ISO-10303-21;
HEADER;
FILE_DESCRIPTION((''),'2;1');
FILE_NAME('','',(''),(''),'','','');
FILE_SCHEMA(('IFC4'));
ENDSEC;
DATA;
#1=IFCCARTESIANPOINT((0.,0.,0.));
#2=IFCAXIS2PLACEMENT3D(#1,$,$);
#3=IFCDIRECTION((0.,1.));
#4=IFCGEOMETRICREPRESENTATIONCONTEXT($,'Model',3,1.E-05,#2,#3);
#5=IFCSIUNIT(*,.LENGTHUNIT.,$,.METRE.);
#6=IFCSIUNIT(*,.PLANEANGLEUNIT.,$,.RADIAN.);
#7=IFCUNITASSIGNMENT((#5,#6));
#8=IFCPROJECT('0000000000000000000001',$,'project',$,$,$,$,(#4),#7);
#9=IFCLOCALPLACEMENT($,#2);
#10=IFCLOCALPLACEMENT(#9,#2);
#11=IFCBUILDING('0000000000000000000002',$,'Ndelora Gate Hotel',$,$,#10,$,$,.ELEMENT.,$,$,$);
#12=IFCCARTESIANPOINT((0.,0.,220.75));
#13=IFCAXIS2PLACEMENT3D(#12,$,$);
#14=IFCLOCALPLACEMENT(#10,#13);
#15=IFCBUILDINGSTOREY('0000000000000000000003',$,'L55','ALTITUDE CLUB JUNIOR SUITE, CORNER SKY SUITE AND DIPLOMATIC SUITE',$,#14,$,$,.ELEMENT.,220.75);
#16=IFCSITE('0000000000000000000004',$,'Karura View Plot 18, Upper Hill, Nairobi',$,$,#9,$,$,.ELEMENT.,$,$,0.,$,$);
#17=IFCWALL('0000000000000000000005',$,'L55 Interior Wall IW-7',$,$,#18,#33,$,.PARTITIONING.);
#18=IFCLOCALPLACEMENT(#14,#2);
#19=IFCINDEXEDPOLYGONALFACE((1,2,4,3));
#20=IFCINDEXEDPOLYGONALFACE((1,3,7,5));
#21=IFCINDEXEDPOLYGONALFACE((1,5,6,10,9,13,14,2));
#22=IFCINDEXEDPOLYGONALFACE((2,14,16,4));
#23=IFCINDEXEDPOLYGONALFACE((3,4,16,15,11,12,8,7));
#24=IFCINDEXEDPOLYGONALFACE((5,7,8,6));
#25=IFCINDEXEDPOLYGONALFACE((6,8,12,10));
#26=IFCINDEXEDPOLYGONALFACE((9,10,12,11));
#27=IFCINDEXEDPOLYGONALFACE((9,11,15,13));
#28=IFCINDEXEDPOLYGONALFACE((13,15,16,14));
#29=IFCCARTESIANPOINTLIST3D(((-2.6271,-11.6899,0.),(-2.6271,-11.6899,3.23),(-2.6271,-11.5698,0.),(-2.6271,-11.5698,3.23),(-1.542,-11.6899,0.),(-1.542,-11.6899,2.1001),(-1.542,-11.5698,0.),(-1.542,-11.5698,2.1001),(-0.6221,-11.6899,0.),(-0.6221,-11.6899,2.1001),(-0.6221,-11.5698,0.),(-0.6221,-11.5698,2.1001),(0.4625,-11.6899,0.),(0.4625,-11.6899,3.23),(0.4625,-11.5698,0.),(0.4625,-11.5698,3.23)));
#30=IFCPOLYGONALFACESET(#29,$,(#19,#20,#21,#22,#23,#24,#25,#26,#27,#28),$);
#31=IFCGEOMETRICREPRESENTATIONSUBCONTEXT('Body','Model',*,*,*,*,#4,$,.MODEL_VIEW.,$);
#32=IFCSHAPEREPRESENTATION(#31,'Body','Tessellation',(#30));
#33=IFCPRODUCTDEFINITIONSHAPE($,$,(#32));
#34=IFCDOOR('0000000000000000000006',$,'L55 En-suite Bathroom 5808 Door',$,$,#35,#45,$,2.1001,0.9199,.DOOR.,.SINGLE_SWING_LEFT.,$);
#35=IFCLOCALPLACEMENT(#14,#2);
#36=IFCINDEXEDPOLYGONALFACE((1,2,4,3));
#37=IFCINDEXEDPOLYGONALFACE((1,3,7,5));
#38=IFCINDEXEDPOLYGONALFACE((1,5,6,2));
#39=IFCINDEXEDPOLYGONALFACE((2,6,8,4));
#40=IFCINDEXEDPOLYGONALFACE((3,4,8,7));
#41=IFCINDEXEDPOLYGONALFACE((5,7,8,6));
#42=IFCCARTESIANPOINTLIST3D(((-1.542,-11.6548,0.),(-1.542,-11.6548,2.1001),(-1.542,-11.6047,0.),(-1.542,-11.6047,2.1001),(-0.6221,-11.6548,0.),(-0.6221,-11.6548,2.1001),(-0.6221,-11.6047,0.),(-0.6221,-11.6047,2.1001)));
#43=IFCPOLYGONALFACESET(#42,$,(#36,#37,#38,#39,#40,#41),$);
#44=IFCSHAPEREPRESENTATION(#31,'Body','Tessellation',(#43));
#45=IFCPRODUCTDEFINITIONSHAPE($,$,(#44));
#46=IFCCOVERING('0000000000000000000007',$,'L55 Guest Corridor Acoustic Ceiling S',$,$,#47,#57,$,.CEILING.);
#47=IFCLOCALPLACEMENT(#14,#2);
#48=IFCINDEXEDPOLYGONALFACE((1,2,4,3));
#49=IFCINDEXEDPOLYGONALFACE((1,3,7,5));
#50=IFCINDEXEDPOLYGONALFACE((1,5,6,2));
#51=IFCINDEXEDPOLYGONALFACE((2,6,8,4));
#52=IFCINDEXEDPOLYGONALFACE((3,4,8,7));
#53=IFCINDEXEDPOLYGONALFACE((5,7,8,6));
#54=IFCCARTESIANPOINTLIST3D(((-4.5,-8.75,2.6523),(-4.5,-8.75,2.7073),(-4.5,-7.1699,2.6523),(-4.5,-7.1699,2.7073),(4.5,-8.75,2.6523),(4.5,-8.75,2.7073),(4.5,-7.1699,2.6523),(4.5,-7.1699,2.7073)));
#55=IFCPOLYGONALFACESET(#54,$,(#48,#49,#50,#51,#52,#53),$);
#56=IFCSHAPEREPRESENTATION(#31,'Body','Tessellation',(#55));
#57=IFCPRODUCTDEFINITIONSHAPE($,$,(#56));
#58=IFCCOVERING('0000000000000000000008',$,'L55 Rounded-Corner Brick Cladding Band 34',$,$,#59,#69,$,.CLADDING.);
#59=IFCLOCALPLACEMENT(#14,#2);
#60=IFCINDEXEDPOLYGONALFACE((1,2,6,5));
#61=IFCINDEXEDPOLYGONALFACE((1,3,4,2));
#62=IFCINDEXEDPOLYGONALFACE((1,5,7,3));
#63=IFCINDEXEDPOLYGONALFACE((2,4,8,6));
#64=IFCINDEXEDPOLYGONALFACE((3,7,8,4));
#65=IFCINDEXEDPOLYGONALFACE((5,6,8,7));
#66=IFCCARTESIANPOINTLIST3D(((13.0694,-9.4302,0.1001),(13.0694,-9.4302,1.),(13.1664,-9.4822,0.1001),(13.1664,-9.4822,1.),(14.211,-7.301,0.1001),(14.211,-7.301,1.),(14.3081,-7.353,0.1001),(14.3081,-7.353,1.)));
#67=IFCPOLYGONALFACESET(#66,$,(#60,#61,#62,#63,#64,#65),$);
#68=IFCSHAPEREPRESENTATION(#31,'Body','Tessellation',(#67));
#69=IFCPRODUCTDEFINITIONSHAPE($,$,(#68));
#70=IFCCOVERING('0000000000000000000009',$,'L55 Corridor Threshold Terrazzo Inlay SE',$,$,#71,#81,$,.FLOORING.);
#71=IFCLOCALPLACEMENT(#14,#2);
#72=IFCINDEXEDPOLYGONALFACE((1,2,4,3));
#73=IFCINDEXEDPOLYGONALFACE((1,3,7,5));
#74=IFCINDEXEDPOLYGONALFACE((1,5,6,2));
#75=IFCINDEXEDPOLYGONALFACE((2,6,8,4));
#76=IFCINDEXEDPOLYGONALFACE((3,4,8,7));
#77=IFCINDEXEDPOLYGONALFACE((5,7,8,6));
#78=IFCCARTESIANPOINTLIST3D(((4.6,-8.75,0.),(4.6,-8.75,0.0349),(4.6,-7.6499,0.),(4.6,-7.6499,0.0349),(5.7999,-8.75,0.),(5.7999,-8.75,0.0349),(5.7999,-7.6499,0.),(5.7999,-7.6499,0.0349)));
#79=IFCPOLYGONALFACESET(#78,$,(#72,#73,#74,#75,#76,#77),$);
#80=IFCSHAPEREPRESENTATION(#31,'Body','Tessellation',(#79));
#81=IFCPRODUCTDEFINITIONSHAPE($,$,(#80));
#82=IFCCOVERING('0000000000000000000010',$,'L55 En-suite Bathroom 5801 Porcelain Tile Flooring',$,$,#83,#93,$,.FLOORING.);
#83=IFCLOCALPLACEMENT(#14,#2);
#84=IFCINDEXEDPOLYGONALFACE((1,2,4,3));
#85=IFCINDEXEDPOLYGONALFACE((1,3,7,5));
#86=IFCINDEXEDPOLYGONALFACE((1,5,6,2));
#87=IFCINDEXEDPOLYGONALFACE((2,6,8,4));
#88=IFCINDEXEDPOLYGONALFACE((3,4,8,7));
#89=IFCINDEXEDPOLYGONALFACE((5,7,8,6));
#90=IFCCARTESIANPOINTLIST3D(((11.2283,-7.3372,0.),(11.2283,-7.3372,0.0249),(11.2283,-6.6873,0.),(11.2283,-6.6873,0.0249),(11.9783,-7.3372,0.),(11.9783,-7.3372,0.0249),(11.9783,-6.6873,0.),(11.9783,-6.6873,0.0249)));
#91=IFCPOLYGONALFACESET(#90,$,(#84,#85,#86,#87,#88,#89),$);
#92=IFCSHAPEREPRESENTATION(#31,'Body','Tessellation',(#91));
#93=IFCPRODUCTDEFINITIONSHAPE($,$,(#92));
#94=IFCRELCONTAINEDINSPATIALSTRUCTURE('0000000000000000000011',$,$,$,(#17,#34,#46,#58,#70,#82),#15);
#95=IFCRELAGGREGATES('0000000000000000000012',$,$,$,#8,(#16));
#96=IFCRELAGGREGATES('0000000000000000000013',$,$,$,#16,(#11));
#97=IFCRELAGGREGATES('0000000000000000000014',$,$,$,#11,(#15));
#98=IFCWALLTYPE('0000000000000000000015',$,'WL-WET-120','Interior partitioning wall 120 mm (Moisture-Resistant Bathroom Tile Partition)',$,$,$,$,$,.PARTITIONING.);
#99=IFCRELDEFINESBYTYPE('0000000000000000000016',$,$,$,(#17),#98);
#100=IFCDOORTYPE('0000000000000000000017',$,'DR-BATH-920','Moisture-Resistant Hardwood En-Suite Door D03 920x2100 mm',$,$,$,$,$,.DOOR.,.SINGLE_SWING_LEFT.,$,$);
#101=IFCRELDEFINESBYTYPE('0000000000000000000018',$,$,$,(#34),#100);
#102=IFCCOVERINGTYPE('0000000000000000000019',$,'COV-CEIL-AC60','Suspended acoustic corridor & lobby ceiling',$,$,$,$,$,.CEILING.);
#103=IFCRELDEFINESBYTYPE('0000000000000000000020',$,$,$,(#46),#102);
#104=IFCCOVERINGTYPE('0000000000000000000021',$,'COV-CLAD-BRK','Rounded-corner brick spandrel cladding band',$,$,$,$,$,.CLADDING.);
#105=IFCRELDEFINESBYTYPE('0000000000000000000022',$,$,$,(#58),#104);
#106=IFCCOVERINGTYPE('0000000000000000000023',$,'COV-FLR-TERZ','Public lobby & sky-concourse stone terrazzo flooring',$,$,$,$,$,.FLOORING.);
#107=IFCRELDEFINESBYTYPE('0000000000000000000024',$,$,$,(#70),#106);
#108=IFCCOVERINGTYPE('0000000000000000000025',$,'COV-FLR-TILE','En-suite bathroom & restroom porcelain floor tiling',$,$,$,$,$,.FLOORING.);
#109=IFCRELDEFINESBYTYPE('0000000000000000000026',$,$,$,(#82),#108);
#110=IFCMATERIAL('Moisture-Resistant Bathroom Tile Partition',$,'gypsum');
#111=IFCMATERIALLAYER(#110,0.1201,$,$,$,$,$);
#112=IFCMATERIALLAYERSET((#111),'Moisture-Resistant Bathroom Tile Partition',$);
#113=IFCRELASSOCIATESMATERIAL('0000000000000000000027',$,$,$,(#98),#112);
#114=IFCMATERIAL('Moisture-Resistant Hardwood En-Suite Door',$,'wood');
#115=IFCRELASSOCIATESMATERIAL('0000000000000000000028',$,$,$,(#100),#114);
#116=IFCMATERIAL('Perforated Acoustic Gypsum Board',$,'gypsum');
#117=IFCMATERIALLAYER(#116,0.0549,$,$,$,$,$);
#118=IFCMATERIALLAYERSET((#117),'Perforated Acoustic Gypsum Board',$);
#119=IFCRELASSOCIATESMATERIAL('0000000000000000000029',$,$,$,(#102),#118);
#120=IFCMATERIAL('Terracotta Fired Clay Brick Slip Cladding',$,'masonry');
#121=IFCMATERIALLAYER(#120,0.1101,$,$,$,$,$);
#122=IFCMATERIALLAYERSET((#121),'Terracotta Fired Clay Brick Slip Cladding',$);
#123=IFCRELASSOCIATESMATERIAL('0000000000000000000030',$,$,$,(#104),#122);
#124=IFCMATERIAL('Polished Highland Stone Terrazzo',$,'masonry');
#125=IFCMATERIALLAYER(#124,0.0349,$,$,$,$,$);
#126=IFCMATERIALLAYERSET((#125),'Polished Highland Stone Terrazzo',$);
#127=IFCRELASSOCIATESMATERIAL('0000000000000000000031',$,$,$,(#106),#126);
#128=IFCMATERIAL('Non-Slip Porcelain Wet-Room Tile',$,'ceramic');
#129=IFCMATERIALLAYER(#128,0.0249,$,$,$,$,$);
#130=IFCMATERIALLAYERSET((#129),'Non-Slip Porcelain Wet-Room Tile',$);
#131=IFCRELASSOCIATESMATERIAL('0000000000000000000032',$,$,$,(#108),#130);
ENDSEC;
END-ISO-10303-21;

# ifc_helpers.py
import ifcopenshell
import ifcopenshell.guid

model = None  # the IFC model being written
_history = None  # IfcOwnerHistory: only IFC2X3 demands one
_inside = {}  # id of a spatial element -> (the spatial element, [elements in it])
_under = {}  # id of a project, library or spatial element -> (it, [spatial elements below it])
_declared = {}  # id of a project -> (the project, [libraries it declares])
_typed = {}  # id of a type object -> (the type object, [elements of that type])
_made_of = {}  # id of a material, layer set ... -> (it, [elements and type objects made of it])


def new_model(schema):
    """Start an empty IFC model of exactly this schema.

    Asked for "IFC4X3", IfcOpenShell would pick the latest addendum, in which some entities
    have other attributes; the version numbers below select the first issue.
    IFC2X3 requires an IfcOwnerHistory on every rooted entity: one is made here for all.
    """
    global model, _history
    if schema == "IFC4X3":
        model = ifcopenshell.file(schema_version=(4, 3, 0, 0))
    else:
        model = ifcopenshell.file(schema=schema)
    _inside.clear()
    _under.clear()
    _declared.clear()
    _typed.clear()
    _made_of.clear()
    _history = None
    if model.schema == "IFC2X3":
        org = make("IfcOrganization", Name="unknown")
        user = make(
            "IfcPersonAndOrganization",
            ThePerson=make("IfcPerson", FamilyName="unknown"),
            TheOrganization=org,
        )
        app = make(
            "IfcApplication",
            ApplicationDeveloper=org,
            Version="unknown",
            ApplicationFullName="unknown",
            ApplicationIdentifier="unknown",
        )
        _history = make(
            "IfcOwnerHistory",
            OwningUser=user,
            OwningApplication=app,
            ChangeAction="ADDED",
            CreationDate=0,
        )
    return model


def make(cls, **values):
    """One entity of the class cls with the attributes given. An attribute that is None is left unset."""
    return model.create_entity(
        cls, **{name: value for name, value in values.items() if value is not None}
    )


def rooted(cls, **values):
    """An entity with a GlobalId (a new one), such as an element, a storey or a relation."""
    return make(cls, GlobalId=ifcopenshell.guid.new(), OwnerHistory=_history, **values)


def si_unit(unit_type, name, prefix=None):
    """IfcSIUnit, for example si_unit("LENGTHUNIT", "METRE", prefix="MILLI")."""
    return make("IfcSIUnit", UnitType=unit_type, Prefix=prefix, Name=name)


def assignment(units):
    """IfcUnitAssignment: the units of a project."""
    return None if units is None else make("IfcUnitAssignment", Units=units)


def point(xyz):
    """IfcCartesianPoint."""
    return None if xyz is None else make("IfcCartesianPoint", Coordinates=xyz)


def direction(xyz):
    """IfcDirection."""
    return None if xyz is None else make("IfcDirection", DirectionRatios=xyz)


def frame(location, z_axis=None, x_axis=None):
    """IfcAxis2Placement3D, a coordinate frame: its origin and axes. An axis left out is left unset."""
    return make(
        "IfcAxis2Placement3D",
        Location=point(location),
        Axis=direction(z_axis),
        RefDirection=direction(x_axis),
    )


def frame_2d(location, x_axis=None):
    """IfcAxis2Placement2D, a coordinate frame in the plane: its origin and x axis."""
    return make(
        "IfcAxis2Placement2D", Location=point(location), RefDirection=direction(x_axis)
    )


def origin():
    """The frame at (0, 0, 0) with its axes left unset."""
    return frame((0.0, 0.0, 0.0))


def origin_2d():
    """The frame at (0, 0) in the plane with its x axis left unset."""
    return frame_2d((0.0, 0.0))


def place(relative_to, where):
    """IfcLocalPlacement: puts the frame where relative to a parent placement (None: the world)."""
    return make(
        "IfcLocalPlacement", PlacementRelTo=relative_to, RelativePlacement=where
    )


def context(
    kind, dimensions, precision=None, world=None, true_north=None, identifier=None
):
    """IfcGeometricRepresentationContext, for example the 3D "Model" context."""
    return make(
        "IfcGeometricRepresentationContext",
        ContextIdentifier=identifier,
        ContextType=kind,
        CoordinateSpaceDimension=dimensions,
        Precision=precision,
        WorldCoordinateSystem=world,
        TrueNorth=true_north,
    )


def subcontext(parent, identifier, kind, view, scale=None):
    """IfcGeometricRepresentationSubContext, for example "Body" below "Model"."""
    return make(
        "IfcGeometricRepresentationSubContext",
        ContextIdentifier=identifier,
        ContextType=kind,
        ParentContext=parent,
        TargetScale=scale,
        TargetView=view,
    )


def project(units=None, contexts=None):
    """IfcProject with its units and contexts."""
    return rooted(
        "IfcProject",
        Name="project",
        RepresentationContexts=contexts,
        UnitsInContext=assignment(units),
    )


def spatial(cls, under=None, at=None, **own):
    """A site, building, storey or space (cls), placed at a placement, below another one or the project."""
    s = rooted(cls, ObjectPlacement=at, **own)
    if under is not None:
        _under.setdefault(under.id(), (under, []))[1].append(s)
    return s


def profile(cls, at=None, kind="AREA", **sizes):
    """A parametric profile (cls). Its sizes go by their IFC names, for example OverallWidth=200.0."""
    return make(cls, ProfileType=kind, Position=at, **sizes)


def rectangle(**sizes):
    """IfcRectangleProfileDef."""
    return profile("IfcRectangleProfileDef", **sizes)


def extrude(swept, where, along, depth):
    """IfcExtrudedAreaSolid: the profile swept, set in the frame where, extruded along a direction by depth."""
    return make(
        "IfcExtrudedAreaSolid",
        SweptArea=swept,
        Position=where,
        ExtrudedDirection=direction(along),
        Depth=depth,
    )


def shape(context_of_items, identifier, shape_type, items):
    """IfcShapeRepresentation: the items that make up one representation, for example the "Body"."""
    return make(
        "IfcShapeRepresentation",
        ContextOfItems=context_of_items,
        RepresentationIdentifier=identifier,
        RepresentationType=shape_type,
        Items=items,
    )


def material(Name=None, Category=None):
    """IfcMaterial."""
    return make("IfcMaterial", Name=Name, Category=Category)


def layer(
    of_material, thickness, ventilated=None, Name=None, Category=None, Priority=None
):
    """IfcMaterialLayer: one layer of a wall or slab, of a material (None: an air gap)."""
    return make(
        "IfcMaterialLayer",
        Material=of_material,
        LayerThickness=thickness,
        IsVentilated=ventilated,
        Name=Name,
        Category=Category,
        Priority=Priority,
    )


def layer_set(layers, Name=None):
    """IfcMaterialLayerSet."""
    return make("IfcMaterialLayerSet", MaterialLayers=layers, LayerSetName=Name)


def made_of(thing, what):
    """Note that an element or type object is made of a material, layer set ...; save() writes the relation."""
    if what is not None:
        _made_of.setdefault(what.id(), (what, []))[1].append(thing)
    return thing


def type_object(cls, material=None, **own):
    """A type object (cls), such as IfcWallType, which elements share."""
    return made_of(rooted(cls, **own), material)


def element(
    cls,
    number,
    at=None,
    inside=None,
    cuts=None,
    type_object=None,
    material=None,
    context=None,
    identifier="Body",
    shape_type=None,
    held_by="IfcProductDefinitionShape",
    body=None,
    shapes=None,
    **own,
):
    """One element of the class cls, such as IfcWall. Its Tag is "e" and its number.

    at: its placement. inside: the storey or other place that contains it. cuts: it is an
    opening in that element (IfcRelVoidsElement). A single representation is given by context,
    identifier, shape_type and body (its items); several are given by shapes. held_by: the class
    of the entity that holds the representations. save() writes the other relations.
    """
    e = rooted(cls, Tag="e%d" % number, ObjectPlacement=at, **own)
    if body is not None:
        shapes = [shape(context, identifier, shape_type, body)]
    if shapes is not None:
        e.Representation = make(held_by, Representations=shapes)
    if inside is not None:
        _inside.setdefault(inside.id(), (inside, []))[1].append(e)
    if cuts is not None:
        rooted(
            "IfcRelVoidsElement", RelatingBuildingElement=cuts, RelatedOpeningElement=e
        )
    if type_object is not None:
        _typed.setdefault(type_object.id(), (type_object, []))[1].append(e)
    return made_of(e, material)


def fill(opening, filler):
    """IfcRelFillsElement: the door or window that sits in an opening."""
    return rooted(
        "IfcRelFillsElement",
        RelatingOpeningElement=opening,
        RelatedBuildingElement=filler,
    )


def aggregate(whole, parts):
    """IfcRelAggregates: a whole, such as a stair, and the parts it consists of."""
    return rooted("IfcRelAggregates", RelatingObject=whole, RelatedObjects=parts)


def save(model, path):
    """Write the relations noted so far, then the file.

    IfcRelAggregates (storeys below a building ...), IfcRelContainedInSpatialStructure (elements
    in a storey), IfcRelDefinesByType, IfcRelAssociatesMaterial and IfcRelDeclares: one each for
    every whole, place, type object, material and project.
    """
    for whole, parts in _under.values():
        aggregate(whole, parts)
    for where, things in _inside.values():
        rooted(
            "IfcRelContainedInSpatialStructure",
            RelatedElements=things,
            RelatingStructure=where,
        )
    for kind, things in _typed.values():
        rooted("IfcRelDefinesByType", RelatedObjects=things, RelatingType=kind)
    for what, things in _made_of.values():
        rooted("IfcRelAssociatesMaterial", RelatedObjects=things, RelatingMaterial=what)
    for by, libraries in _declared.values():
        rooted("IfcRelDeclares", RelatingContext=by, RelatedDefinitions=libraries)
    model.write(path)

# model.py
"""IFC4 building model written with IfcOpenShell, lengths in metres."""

from ifc_helpers import new_model, si_unit, direction, frame, frame_2d, origin, origin_2d, place, context, subcontext, project, spatial, rectangle, extrude, material, layer, layer_set, type_object, element, fill, save


model = new_model("IFC4")

# Units and contexts
model_context = context("Model", 3, precision=1e-05, world=origin(), true_north=direction((0.0, 1.0)))
body_context = subcontext(model_context, "Body", "Model", "MODEL_VIEW")
ifc_project = project(units=[si_unit("LENGTHUNIT", "METRE"), si_unit("PLANEANGLEUNIT", "RADIAN")], contexts=[model_context])

# Site, building, storey
site_placement = place(None, origin())
site = spatial("IfcSite", under=ifc_project, at=site_placement, Name="Karura View Plot 18, Upper Hill, Nairobi", CompositionType="ELEMENT", RefElevation=0.0)
building_placement = place(site_placement, origin())
building = spatial("IfcBuilding", under=site, at=building_placement, Name="Ndelora Gate Hotel", CompositionType="ELEMENT")
storey_placement = place(building_placement, frame((0.0, 0.0, 220.75)))
storey = spatial("IfcBuildingStorey", under=building, at=storey_placement, Name="L55", Description="ALTITUDE CLUB JUNIOR SUITE, CORNER SKY SUITE AND DIPLOMATIC SUITE", CompositionType="ELEMENT", Elevation=220.75)

# Shared definitions
ifc_material_1 = material(Name="Moisture-Resistant Bathroom Tile Partition", Category="gypsum")
ifc_layer_1 = layer(ifc_material_1, 0.1201)
ifc_layer_set_1 = layer_set([ifc_layer_1], Name="Moisture-Resistant Bathroom Tile Partition")
wall_type_1 = type_object("IfcWallType", Name="WL-WET-120", Description="Interior partitioning wall 120 mm (Moisture-Resistant Bathroom Tile Partition)", PredefinedType="PARTITIONING", material=ifc_layer_set_1)

# Wall, opening, door
wall_1_placement = place(storey_placement, frame((0.4626, -11.6299, 0.0), z_axis=(0.0, 0.0, 1.0), x_axis=(-1.0, 0.0, 0.0)))
wall_1 = element("IfcWall", 1, at=wall_1_placement, inside=storey, type_object=wall_type_1, Name="L55 Interior Wall IW-7", PredefinedType="PARTITIONING", context=body_context, shape_type="SweptSolid", body=[
    extrude(rectangle(XDim=3.0896, YDim=0.1201, at=frame_2d((1.5449, 0.0))), origin(), (0.0, 0.0, 1.0), 3.23),
])
opening_1_placement = place(wall_1_placement, frame((1.0847, 0.0, 0.0)))
opening_1 = element("IfcOpeningElement", 2, at=opening_1_placement, cuts=wall_1, PredefinedType="OPENING", context=body_context, shape_type="SweptSolid", body=[
    extrude(rectangle(XDim=0.9199, YDim=2.1001, at=frame_2d((0.46, 1.05))), frame((0.0, 0.0701, 0.0), z_axis=(0.0, -1.0, 0.0), x_axis=(1.0, 0.0, 0.0)), (0.0, 0.0, 1.0), 0.1401),
])
ifc_material_2 = material(Name="Moisture-Resistant Hardwood En-Suite Door", Category="wood")
door_type_1 = type_object("IfcDoorType", Name="DR-BATH-920", Description="Moisture-Resistant Hardwood En-Suite Door D03 920x2100 mm", OperationType="SINGLE_SWING_LEFT", PredefinedType="DOOR", material=ifc_material_2)
door_1_placement = place(opening_1_placement, origin())
door_1 = element("IfcDoor", 3, at=door_1_placement, inside=storey, type_object=door_type_1, Name="L55 En-suite Bathroom 5808 Door", OperationType="SINGLE_SWING_LEFT", OverallHeight=2.1001, OverallWidth=0.9199, PredefinedType="DOOR", context=body_context, shape_type="SweptSolid", body=[
    extrude(rectangle(XDim=0.9199, YDim=2.1001, at=frame_2d((0.46, 1.05))), frame((0.0, 0.0249, 0.0), z_axis=(0.0, -1.0, 0.0), x_axis=(1.0, 0.0, 0.0)), (0.0, 0.0, 1.0), 0.05),
])
fill(opening_1, door_1)

# Coverings
ifc_material_3 = material(Name="Perforated Acoustic Gypsum Board", Category="gypsum")
ifc_layer_2 = layer(ifc_material_3, 0.0549)
ifc_layer_set_2 = layer_set([ifc_layer_2], Name="Perforated Acoustic Gypsum Board")
covering_type_1 = type_object("IfcCoveringType", Name="COV-CEIL-AC60", Description="Suspended acoustic corridor & lobby ceiling", PredefinedType="CEILING", material=ifc_layer_set_2)
covering_1_placement = place(storey_placement, frame((0.0, -7.96, 2.6523), z_axis=(0.0, 0.0, 1.0), x_axis=(1.0, 0.0, 0.0)))
element("IfcCovering", 4, at=covering_1_placement, inside=storey, type_object=covering_type_1, Name="L55 Guest Corridor Acoustic Ceiling S", PredefinedType="CEILING", context=body_context, shape_type="SweptSolid", body=[
    extrude(rectangle(XDim=9.0, YDim=1.5801, at=origin_2d()), origin(), (0.0, 0.0, 1.0), 0.0549),
])
ifc_material_4 = material(Name="Terracotta Fired Clay Brick Slip Cladding", Category="masonry")
ifc_layer_3 = layer(ifc_material_4, 0.1101)
ifc_layer_set_3 = layer_set([ifc_layer_3], Name="Terracotta Fired Clay Brick Slip Cladding")
covering_type_2 = type_object("IfcCoveringType", Name="COV-CLAD-BRK", Description="Rounded-corner brick spandrel cladding band", PredefinedType="CLADDING", material=ifc_layer_set_3)
covering_2_placement = place(storey_placement, frame((13.6887, -8.3916, 0.1001), z_axis=(0.0, 0.0, 1.0), x_axis=(0.472551, 0.881303, 0.0)))
element("IfcCovering", 5, at=covering_2_placement, inside=storey, type_object=covering_type_2, Name="L55 Rounded-Corner Brick Cladding Band 34", PredefinedType="CLADDING", context=body_context, shape_type="SweptSolid", body=[
    extrude(rectangle(XDim=2.416, YDim=0.1101, at=origin_2d()), origin(), (0.0, 0.0, 1.0), 0.8999),
])
ifc_material_5 = material(Name="Polished Highland Stone Terrazzo", Category="masonry")
ifc_layer_4 = layer(ifc_material_5, 0.0349)
ifc_layer_set_4 = layer_set([ifc_layer_4], Name="Polished Highland Stone Terrazzo")
covering_type_3 = type_object("IfcCoveringType", Name="COV-FLR-TERZ", Description="Public lobby & sky-concourse stone terrazzo flooring", PredefinedType="FLOORING", material=ifc_layer_set_4)
covering_3_placement = place(storey_placement, frame((5.2, -8.2, 0.0), z_axis=(0.0, 0.0, 1.0), x_axis=(1.0, 0.0, 0.0)))
element("IfcCovering", 6, at=covering_3_placement, inside=storey, type_object=covering_type_3, Name="L55 Corridor Threshold Terrazzo Inlay SE", PredefinedType="FLOORING", context=body_context, shape_type="SweptSolid", body=[
    extrude(rectangle(XDim=1.2, YDim=1.1001, at=origin_2d()), origin(), (0.0, 0.0, 1.0), 0.0349),
])
ifc_material_6 = material(Name="Non-Slip Porcelain Wet-Room Tile", Category="ceramic")
ifc_layer_5 = layer(ifc_material_6, 0.0249)
ifc_layer_set_5 = layer_set([ifc_layer_5], Name="Non-Slip Porcelain Wet-Room Tile")
covering_type_4 = type_object("IfcCoveringType", Name="COV-FLR-TILE", Description="En-suite bathroom & restroom porcelain floor tiling", PredefinedType="FLOORING", material=ifc_layer_set_5)
covering_4_placement = place(storey_placement, frame((11.6033, -7.0122, 0.0), z_axis=(0.0, 0.0, 1.0), x_axis=(1.0, 0.0, 0.0)))
element("IfcCovering", 7, at=covering_4_placement, inside=storey, type_object=covering_type_4, Name="L55 En-suite Bathroom 5801 Porcelain Tile Flooring", PredefinedType="FLOORING", context=body_context, shape_type="SweptSolid", body=[
    extrude(rectangle(XDim=0.75, YDim=0.6499, at=origin_2d()), origin(), (0.0, 0.0, 1.0), 0.0249),
])

save(model, "model.ifc")
